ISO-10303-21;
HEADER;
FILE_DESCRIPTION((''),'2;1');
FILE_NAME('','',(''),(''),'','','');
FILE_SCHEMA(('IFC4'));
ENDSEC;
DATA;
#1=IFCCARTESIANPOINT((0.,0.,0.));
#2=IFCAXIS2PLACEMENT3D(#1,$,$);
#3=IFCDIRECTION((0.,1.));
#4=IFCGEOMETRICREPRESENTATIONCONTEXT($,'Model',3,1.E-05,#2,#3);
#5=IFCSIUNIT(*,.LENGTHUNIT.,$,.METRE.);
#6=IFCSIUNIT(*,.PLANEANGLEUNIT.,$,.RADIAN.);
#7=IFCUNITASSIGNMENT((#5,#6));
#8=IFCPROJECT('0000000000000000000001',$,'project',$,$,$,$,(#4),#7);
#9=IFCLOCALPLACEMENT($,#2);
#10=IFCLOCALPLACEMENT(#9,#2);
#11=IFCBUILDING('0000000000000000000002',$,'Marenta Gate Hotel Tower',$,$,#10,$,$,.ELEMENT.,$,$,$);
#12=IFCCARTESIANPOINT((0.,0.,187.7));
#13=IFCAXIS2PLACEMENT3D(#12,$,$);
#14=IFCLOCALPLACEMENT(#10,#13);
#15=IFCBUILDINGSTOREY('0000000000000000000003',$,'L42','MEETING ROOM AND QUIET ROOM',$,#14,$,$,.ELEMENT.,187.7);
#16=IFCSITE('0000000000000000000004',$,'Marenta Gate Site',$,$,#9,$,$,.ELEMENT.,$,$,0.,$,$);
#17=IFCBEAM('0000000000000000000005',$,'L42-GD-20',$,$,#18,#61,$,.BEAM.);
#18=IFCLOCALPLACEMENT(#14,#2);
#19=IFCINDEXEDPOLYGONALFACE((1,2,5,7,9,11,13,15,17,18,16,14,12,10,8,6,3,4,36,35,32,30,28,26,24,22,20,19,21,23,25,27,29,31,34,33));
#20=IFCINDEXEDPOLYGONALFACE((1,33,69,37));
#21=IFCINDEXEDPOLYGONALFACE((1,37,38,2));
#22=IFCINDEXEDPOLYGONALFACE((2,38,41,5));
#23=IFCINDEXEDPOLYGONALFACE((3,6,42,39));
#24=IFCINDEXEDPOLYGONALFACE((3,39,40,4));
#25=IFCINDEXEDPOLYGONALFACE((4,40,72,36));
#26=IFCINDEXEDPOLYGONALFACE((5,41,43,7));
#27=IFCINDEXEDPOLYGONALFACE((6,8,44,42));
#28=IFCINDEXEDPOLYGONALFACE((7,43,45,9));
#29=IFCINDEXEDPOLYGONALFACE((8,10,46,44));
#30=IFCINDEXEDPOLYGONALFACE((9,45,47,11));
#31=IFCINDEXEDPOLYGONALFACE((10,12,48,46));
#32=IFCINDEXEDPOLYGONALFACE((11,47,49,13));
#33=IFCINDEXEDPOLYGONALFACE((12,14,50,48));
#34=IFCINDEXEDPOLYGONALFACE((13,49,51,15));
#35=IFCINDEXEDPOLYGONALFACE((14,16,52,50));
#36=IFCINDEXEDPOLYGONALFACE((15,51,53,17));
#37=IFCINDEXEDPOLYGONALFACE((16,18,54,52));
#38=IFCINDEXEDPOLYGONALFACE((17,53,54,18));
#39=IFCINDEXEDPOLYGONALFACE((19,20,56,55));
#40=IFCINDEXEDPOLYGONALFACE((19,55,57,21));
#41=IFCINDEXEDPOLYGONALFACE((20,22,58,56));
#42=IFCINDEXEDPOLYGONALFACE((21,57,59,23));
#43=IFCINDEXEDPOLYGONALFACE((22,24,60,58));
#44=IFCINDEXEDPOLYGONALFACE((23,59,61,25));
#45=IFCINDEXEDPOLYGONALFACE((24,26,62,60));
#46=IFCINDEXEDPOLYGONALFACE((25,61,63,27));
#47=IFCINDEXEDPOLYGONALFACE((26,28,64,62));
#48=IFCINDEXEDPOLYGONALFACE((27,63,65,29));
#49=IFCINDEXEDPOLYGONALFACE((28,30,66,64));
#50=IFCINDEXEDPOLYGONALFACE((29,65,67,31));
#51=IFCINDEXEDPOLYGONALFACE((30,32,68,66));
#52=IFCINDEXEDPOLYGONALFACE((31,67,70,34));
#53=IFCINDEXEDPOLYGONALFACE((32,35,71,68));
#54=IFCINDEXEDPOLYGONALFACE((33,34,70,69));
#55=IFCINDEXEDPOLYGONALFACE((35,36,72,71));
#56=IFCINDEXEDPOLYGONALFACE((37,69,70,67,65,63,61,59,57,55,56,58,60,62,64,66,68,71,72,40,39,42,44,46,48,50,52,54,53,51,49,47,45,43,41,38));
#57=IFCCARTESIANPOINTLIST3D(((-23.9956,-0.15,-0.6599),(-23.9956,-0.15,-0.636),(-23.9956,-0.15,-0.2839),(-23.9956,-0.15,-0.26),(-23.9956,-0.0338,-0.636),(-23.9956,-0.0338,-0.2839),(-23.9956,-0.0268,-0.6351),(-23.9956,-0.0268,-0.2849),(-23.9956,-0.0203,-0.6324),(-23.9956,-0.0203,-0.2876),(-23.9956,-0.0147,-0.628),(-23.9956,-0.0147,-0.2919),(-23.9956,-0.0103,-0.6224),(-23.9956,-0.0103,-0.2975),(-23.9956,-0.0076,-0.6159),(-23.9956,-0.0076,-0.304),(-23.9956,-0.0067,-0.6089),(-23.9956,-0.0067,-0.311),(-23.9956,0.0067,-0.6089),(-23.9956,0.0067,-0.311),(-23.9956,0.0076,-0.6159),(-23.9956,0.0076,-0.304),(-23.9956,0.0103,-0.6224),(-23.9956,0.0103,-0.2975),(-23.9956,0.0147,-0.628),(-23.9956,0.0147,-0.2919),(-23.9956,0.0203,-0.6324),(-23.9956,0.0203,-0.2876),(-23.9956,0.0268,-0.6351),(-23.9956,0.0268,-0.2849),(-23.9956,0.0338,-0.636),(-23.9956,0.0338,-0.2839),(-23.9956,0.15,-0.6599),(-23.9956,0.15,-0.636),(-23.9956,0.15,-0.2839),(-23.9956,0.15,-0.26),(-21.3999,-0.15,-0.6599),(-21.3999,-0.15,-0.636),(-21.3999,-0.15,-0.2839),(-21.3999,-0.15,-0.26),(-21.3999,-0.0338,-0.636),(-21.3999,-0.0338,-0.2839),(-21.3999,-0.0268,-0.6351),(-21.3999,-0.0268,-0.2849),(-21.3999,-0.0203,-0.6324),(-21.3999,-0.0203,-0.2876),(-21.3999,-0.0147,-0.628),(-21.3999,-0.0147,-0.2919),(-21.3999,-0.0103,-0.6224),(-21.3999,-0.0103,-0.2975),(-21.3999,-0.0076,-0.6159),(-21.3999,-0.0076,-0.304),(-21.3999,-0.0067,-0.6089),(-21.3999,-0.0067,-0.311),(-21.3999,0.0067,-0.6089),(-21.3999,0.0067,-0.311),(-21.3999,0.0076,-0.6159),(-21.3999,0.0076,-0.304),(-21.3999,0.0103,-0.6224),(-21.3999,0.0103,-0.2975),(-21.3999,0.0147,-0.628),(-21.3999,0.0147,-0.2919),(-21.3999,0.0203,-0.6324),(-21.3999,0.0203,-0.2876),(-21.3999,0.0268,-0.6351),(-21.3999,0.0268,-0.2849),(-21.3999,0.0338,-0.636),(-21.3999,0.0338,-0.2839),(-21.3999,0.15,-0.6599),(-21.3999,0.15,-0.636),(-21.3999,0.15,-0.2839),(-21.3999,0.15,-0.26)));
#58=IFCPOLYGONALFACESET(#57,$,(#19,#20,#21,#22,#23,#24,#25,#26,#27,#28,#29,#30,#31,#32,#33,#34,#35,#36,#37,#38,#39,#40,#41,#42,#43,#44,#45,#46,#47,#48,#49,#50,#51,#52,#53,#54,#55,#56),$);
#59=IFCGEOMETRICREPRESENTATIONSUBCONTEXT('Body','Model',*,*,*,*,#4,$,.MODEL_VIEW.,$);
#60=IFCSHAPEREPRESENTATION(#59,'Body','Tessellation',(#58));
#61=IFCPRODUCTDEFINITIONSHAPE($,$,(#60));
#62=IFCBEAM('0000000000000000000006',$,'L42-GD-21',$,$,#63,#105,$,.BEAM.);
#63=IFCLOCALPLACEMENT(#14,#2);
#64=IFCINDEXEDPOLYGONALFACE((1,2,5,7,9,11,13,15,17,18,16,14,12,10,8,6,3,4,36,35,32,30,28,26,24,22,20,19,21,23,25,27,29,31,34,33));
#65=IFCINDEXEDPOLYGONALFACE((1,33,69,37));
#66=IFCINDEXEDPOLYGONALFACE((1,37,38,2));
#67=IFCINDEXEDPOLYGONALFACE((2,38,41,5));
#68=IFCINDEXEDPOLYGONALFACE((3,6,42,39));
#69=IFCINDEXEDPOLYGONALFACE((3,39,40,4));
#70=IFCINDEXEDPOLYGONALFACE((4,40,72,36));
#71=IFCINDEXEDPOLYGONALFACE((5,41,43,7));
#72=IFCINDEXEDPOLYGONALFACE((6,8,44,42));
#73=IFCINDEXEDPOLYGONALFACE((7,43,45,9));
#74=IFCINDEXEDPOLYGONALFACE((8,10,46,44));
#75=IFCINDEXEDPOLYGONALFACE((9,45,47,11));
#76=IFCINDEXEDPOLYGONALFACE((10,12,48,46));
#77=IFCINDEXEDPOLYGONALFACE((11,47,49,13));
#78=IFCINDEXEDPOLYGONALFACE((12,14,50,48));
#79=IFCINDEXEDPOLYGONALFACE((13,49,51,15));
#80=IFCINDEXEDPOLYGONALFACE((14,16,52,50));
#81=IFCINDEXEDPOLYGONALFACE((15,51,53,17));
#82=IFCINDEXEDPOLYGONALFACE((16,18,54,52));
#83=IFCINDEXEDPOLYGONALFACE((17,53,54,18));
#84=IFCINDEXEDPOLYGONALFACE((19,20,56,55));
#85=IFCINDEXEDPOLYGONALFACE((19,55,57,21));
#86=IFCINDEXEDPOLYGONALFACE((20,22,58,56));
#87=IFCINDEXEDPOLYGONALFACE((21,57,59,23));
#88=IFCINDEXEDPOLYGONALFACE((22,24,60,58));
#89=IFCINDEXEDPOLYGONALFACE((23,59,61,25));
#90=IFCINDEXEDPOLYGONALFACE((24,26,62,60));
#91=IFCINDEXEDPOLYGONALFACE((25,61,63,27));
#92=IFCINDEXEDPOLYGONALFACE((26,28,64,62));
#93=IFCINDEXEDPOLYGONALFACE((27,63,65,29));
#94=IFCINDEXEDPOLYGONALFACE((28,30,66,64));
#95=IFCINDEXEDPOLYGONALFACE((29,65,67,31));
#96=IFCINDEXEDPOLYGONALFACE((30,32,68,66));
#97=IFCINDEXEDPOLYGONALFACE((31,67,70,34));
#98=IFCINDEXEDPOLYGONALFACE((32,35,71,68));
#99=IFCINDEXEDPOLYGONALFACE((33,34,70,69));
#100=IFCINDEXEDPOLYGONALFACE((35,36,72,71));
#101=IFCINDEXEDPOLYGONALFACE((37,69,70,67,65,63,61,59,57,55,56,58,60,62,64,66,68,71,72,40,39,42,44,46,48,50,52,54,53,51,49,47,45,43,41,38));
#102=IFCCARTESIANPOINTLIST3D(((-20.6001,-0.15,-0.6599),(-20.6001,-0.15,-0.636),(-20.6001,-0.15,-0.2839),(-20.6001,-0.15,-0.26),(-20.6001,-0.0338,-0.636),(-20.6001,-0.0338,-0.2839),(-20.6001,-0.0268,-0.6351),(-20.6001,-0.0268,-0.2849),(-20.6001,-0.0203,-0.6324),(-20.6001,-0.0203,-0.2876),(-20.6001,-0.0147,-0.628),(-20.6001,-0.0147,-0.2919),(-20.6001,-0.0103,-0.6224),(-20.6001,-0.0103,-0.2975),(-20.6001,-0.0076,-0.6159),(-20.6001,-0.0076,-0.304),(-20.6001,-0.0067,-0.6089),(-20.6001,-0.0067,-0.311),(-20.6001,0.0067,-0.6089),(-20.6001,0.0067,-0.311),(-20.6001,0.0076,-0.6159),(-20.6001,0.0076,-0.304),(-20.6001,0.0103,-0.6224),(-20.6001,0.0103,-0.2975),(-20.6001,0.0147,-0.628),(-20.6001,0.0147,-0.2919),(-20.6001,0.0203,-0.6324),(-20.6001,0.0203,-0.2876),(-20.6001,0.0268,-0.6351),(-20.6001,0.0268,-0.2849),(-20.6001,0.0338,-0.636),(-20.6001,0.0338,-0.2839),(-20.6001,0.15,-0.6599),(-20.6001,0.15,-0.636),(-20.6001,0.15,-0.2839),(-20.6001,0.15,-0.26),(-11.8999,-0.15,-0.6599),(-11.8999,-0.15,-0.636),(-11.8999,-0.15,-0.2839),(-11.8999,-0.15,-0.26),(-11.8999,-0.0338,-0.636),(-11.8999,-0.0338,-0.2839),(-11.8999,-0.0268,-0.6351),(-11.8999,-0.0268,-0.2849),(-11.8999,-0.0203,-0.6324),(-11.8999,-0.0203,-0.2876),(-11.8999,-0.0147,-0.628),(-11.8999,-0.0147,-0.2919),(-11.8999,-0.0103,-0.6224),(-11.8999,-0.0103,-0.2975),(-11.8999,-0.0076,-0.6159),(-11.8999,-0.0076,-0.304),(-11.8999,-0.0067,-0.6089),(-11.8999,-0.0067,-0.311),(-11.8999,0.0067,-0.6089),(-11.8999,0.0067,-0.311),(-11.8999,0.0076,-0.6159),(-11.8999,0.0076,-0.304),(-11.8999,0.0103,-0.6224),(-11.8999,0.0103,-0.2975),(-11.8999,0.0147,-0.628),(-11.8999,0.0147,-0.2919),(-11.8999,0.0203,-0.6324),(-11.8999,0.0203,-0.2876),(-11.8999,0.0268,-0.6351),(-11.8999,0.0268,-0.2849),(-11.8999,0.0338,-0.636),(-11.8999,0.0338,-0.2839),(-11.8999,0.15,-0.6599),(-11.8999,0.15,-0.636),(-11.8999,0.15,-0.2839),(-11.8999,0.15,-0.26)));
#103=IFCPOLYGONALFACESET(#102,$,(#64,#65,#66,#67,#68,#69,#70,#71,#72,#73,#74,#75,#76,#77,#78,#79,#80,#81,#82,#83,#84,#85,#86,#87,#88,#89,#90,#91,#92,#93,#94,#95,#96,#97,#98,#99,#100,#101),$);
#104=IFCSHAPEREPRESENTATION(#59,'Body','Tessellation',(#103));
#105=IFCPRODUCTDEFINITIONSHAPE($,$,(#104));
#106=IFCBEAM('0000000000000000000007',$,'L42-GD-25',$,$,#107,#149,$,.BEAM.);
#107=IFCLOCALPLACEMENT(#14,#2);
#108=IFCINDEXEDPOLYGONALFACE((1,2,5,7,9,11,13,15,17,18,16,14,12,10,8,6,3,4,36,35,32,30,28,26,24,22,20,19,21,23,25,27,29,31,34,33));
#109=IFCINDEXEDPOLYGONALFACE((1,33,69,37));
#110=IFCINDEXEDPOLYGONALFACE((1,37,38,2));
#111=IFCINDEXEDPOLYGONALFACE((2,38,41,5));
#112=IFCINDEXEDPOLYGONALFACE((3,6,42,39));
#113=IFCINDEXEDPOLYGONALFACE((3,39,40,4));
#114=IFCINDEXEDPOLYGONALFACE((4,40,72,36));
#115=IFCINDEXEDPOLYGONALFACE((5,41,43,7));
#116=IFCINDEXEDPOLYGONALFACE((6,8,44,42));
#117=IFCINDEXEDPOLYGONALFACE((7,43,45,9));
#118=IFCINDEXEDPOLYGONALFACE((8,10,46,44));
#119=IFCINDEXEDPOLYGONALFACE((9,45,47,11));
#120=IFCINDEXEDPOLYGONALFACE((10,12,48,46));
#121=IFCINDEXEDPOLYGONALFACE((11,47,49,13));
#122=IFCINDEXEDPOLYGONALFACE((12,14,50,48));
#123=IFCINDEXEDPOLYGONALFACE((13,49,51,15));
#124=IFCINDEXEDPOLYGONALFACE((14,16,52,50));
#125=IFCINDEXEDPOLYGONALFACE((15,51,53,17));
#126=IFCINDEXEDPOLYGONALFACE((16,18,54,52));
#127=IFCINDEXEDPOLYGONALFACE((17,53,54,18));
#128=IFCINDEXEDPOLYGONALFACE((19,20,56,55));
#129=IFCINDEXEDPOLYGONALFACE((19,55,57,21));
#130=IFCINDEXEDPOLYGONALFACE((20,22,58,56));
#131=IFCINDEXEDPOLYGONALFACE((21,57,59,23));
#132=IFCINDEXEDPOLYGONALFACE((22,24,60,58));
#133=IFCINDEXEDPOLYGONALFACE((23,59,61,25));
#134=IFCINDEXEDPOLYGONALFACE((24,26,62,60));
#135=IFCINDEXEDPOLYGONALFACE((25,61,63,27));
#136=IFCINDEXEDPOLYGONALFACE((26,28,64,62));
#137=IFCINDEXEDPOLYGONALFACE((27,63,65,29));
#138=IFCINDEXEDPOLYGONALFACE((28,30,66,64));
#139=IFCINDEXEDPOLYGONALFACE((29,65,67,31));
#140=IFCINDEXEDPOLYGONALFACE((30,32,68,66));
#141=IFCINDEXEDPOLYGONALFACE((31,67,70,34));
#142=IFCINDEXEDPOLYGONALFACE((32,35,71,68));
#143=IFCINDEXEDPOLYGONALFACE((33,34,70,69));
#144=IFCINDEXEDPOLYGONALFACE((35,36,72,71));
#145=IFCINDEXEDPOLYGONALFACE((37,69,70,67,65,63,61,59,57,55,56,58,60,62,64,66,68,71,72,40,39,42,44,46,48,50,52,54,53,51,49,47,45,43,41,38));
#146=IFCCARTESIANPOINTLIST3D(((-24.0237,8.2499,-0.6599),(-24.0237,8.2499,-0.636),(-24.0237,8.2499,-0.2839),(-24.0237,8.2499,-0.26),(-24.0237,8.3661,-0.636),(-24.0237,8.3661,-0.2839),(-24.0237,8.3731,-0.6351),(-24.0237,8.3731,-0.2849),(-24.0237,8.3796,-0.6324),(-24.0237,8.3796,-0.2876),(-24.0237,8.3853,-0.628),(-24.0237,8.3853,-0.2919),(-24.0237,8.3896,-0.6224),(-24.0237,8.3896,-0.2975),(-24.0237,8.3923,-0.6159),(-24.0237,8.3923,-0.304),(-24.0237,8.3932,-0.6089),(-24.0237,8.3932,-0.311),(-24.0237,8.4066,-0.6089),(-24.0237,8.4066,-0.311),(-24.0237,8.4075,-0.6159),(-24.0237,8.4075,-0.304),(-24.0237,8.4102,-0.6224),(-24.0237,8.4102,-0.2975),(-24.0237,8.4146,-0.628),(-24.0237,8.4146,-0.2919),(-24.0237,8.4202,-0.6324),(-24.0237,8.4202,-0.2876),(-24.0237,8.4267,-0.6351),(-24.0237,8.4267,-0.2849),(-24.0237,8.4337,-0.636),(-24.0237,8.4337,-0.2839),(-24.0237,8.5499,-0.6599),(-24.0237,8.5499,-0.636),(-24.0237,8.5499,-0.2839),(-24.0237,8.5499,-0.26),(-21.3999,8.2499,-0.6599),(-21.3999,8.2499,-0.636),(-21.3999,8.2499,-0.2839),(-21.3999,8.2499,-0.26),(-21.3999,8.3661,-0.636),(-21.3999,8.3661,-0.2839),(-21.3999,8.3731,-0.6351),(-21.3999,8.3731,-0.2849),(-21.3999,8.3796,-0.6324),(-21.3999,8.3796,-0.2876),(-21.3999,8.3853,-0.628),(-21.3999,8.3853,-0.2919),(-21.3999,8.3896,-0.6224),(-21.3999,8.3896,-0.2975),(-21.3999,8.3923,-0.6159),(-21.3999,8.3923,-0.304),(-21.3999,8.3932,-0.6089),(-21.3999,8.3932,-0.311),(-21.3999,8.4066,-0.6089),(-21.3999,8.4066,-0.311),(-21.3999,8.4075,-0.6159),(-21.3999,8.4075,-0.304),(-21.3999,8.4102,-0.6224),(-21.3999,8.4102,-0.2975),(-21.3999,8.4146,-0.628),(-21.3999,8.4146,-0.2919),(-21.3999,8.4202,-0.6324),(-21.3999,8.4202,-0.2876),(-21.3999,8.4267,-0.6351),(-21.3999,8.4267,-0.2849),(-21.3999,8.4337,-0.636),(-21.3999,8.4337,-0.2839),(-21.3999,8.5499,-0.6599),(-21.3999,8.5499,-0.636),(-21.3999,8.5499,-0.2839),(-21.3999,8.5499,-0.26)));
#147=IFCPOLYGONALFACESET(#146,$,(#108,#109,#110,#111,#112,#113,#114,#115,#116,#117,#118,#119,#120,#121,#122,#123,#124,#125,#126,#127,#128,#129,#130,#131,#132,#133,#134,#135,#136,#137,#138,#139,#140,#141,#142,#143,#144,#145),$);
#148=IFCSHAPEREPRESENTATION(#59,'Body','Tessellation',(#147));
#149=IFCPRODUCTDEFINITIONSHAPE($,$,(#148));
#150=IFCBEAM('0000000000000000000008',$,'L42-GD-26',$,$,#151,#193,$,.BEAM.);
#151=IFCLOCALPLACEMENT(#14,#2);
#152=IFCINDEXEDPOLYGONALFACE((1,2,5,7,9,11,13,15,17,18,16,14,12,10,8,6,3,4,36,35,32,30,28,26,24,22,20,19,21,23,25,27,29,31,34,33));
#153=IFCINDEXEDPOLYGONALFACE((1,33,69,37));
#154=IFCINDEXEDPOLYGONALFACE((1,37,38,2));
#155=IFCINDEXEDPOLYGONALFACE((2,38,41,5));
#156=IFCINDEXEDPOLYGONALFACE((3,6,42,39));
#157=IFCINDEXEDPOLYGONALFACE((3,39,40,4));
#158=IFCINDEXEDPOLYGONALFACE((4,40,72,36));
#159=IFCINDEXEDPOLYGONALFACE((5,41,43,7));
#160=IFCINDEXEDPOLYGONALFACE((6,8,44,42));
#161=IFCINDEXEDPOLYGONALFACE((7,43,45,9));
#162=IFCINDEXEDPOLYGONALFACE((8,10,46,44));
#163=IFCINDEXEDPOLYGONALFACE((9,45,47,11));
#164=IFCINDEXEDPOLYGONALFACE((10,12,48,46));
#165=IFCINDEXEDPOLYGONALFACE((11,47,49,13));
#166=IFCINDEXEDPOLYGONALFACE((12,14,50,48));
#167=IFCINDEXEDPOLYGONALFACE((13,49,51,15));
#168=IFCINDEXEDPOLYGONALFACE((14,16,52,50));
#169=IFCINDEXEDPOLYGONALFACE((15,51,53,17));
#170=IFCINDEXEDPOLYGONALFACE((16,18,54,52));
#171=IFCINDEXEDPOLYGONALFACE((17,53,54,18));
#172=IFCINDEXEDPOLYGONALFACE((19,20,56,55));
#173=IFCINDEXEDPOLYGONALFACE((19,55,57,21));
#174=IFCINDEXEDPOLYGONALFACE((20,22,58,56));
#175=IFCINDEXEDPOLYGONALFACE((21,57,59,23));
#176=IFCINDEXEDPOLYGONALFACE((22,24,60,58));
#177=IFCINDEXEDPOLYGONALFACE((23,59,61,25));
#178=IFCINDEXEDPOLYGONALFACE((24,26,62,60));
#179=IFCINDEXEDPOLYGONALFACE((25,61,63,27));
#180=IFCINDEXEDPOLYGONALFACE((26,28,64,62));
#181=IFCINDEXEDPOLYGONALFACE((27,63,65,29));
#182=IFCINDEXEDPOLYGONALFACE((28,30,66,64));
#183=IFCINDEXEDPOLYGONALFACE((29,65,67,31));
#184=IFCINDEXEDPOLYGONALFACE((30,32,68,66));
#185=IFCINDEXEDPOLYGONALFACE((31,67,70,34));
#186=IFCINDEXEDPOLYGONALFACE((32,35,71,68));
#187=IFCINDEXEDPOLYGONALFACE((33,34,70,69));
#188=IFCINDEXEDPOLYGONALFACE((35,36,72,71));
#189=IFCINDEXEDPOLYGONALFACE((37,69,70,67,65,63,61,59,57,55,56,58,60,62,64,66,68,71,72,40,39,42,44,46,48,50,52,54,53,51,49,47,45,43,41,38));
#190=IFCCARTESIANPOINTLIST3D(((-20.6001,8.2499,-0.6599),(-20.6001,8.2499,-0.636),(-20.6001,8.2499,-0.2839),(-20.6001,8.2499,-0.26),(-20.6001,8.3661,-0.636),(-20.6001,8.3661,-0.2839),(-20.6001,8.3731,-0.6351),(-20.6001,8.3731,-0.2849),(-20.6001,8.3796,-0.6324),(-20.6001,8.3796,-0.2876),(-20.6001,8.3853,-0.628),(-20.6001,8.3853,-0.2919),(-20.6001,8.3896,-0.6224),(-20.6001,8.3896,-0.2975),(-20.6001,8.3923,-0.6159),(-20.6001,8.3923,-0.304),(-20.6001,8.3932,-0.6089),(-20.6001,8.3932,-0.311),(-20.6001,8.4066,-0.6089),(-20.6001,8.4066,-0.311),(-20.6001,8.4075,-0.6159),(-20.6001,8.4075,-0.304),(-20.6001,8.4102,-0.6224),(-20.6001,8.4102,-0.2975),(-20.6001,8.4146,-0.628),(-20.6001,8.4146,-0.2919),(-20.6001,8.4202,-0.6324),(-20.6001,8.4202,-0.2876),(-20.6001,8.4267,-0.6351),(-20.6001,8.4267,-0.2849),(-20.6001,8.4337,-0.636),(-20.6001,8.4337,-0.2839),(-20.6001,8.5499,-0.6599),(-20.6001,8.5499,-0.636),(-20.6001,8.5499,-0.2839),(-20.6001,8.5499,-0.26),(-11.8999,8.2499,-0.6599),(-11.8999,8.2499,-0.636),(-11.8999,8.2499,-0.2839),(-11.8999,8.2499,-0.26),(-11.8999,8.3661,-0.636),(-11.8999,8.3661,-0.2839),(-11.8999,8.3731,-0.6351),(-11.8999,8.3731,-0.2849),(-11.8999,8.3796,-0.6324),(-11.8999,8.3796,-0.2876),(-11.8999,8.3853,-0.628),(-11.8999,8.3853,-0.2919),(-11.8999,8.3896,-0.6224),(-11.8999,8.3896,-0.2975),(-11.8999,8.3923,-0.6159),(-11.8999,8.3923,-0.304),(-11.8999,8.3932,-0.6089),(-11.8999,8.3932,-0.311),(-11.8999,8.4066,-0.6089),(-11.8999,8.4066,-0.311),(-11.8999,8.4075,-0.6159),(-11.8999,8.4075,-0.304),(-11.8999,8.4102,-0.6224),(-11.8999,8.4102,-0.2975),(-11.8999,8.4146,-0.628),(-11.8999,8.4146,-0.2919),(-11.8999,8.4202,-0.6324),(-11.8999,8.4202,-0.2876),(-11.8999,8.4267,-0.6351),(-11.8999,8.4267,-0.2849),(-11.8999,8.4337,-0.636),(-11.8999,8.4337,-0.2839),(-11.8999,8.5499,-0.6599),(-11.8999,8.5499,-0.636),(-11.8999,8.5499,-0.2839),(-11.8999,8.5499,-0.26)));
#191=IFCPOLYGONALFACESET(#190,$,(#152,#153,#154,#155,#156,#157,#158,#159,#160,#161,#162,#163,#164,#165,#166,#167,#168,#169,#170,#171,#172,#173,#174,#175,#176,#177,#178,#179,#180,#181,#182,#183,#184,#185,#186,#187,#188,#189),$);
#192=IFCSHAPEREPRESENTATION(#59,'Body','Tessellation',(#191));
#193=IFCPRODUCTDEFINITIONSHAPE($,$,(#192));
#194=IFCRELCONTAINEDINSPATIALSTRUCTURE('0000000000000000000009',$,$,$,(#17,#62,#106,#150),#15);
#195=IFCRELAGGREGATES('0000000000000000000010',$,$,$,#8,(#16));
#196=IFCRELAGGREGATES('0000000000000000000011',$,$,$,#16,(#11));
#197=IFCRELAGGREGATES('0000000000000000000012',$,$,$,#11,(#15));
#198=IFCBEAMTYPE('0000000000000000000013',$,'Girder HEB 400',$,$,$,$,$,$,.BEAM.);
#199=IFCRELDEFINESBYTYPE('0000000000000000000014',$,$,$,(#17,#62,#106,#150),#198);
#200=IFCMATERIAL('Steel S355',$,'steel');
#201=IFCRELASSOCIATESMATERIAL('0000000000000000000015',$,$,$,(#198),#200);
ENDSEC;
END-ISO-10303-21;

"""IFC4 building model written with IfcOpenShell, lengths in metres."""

from ifc_helpers import new_model, si_unit, direction, frame, origin, origin_2d, place, context, subcontext, project, spatial, i_section, extrude, material, material_profile, profile_set, type_object, element, save


model = new_model("IFC4")

# Units and contexts
model_context = context("Model", 3, precision=1e-05, world=origin(), true_north=direction((0.0, 1.0)))
body_context = subcontext(model_context, "Body", "Model", "MODEL_VIEW")
ifc_project = project(units=[si_unit("LENGTHUNIT", "METRE"), si_unit("PLANEANGLEUNIT", "RADIAN")], contexts=[model_context])

# Site, building, storey
site_placement = place(None, origin())
site = spatial("IfcSite", under=ifc_project, at=site_placement, Name="Marenta Gate Site", CompositionType="ELEMENT", RefElevation=0.0)
building_placement = place(site_placement, origin())
building = spatial("IfcBuilding", under=site, at=building_placement, Name="Marenta Gate Hotel Tower", CompositionType="ELEMENT")
storey_placement = place(building_placement, frame((0.0, 0.0, 187.7)))
storey = spatial("IfcBuildingStorey", under=building, at=storey_placement, Name="L42", Description="MEETING ROOM AND QUIET ROOM", CompositionType="ELEMENT", Elevation=187.7)

# Beams
ifc_material_1 = material(Name="Steel S355", Category="steel")
ifc_material_profile_1 = material_profile(ifc_material_1, i_section(OverallWidth=0.3, OverallDepth=0.3999, WebThickness=0.0134, FlangeThickness=0.0239, FilletRadius=0.0271, at=origin_2d()), Name="HEB 400")
ifc_profile_set_1 = profile_set([ifc_material_profile_1], Name="Steel S355")
beam_type_1 = type_object("IfcBeamType", Name="Girder HEB 400", PredefinedType="BEAM", material=ifc_profile_set_1)
beam_1_placement = place(storey_placement, frame((-23.9956, 0.0, -0.46), z_axis=(1.0, 0.0, 0.0), x_axis=(0.0, 1.0, 0.0)))
element("IfcBeam", 1, at=beam_1_placement, inside=storey, type_object=beam_type_1, Name="L42-GD-20", PredefinedType="BEAM", context=body_context, shape_type="SweptSolid", body=[
    extrude(i_section(OverallWidth=0.3, OverallDepth=0.3999, WebThickness=0.0134, FlangeThickness=0.0239, FilletRadius=0.0271, at=origin_2d()), origin(), (0.0, 0.0, 1.0), 2.5957),
])
beam_2_placement = place(storey_placement, frame((-20.6001, 0.0, -0.46), z_axis=(1.0, 0.0, 0.0), x_axis=(0.0, 1.0, 0.0)))
element("IfcBeam", 2, at=beam_2_placement, inside=storey, type_object=beam_type_1, Name="L42-GD-21", PredefinedType="BEAM", context=body_context, shape_type="SweptSolid", body=[
    extrude(i_section(OverallWidth=0.3, OverallDepth=0.3999, WebThickness=0.0134, FlangeThickness=0.0239, FilletRadius=0.0271, at=origin_2d()), origin(), (0.0, 0.0, 1.0), 8.7002),
])
beam_3_placement = place(storey_placement, frame((-24.0237, 8.3999, -0.46), z_axis=(1.0, 0.0, 0.0), x_axis=(0.0, 1.0, 0.0)))
element("IfcBeam", 3, at=beam_3_placement, inside=storey, type_object=beam_type_1, Name="L42-GD-25", PredefinedType="BEAM", context=body_context, shape_type="SweptSolid", body=[
    extrude(i_section(OverallWidth=0.3, OverallDepth=0.3999, WebThickness=0.0134, FlangeThickness=0.0239, FilletRadius=0.0271, at=origin_2d()), origin(), (0.0, 0.0, 1.0), 2.6238),
])
beam_4_placement = place(storey_placement, frame((-20.6001, 8.3999, -0.46), z_axis=(1.0, 0.0, 0.0), x_axis=(0.0, 1.0, 0.0)))
element("IfcBeam", 4, at=beam_4_placement, inside=storey, type_object=beam_type_1, Name="L42-GD-26", PredefinedType="BEAM", context=body_context, shape_type="SweptSolid", body=[
    extrude(i_section(OverallWidth=0.3, OverallDepth=0.3999, WebThickness=0.0134, FlangeThickness=0.0239, FilletRadius=0.0271, at=origin_2d()), origin(), (0.0, 0.0, 1.0), 8.7002),
])

save(model, "model.ifc")
